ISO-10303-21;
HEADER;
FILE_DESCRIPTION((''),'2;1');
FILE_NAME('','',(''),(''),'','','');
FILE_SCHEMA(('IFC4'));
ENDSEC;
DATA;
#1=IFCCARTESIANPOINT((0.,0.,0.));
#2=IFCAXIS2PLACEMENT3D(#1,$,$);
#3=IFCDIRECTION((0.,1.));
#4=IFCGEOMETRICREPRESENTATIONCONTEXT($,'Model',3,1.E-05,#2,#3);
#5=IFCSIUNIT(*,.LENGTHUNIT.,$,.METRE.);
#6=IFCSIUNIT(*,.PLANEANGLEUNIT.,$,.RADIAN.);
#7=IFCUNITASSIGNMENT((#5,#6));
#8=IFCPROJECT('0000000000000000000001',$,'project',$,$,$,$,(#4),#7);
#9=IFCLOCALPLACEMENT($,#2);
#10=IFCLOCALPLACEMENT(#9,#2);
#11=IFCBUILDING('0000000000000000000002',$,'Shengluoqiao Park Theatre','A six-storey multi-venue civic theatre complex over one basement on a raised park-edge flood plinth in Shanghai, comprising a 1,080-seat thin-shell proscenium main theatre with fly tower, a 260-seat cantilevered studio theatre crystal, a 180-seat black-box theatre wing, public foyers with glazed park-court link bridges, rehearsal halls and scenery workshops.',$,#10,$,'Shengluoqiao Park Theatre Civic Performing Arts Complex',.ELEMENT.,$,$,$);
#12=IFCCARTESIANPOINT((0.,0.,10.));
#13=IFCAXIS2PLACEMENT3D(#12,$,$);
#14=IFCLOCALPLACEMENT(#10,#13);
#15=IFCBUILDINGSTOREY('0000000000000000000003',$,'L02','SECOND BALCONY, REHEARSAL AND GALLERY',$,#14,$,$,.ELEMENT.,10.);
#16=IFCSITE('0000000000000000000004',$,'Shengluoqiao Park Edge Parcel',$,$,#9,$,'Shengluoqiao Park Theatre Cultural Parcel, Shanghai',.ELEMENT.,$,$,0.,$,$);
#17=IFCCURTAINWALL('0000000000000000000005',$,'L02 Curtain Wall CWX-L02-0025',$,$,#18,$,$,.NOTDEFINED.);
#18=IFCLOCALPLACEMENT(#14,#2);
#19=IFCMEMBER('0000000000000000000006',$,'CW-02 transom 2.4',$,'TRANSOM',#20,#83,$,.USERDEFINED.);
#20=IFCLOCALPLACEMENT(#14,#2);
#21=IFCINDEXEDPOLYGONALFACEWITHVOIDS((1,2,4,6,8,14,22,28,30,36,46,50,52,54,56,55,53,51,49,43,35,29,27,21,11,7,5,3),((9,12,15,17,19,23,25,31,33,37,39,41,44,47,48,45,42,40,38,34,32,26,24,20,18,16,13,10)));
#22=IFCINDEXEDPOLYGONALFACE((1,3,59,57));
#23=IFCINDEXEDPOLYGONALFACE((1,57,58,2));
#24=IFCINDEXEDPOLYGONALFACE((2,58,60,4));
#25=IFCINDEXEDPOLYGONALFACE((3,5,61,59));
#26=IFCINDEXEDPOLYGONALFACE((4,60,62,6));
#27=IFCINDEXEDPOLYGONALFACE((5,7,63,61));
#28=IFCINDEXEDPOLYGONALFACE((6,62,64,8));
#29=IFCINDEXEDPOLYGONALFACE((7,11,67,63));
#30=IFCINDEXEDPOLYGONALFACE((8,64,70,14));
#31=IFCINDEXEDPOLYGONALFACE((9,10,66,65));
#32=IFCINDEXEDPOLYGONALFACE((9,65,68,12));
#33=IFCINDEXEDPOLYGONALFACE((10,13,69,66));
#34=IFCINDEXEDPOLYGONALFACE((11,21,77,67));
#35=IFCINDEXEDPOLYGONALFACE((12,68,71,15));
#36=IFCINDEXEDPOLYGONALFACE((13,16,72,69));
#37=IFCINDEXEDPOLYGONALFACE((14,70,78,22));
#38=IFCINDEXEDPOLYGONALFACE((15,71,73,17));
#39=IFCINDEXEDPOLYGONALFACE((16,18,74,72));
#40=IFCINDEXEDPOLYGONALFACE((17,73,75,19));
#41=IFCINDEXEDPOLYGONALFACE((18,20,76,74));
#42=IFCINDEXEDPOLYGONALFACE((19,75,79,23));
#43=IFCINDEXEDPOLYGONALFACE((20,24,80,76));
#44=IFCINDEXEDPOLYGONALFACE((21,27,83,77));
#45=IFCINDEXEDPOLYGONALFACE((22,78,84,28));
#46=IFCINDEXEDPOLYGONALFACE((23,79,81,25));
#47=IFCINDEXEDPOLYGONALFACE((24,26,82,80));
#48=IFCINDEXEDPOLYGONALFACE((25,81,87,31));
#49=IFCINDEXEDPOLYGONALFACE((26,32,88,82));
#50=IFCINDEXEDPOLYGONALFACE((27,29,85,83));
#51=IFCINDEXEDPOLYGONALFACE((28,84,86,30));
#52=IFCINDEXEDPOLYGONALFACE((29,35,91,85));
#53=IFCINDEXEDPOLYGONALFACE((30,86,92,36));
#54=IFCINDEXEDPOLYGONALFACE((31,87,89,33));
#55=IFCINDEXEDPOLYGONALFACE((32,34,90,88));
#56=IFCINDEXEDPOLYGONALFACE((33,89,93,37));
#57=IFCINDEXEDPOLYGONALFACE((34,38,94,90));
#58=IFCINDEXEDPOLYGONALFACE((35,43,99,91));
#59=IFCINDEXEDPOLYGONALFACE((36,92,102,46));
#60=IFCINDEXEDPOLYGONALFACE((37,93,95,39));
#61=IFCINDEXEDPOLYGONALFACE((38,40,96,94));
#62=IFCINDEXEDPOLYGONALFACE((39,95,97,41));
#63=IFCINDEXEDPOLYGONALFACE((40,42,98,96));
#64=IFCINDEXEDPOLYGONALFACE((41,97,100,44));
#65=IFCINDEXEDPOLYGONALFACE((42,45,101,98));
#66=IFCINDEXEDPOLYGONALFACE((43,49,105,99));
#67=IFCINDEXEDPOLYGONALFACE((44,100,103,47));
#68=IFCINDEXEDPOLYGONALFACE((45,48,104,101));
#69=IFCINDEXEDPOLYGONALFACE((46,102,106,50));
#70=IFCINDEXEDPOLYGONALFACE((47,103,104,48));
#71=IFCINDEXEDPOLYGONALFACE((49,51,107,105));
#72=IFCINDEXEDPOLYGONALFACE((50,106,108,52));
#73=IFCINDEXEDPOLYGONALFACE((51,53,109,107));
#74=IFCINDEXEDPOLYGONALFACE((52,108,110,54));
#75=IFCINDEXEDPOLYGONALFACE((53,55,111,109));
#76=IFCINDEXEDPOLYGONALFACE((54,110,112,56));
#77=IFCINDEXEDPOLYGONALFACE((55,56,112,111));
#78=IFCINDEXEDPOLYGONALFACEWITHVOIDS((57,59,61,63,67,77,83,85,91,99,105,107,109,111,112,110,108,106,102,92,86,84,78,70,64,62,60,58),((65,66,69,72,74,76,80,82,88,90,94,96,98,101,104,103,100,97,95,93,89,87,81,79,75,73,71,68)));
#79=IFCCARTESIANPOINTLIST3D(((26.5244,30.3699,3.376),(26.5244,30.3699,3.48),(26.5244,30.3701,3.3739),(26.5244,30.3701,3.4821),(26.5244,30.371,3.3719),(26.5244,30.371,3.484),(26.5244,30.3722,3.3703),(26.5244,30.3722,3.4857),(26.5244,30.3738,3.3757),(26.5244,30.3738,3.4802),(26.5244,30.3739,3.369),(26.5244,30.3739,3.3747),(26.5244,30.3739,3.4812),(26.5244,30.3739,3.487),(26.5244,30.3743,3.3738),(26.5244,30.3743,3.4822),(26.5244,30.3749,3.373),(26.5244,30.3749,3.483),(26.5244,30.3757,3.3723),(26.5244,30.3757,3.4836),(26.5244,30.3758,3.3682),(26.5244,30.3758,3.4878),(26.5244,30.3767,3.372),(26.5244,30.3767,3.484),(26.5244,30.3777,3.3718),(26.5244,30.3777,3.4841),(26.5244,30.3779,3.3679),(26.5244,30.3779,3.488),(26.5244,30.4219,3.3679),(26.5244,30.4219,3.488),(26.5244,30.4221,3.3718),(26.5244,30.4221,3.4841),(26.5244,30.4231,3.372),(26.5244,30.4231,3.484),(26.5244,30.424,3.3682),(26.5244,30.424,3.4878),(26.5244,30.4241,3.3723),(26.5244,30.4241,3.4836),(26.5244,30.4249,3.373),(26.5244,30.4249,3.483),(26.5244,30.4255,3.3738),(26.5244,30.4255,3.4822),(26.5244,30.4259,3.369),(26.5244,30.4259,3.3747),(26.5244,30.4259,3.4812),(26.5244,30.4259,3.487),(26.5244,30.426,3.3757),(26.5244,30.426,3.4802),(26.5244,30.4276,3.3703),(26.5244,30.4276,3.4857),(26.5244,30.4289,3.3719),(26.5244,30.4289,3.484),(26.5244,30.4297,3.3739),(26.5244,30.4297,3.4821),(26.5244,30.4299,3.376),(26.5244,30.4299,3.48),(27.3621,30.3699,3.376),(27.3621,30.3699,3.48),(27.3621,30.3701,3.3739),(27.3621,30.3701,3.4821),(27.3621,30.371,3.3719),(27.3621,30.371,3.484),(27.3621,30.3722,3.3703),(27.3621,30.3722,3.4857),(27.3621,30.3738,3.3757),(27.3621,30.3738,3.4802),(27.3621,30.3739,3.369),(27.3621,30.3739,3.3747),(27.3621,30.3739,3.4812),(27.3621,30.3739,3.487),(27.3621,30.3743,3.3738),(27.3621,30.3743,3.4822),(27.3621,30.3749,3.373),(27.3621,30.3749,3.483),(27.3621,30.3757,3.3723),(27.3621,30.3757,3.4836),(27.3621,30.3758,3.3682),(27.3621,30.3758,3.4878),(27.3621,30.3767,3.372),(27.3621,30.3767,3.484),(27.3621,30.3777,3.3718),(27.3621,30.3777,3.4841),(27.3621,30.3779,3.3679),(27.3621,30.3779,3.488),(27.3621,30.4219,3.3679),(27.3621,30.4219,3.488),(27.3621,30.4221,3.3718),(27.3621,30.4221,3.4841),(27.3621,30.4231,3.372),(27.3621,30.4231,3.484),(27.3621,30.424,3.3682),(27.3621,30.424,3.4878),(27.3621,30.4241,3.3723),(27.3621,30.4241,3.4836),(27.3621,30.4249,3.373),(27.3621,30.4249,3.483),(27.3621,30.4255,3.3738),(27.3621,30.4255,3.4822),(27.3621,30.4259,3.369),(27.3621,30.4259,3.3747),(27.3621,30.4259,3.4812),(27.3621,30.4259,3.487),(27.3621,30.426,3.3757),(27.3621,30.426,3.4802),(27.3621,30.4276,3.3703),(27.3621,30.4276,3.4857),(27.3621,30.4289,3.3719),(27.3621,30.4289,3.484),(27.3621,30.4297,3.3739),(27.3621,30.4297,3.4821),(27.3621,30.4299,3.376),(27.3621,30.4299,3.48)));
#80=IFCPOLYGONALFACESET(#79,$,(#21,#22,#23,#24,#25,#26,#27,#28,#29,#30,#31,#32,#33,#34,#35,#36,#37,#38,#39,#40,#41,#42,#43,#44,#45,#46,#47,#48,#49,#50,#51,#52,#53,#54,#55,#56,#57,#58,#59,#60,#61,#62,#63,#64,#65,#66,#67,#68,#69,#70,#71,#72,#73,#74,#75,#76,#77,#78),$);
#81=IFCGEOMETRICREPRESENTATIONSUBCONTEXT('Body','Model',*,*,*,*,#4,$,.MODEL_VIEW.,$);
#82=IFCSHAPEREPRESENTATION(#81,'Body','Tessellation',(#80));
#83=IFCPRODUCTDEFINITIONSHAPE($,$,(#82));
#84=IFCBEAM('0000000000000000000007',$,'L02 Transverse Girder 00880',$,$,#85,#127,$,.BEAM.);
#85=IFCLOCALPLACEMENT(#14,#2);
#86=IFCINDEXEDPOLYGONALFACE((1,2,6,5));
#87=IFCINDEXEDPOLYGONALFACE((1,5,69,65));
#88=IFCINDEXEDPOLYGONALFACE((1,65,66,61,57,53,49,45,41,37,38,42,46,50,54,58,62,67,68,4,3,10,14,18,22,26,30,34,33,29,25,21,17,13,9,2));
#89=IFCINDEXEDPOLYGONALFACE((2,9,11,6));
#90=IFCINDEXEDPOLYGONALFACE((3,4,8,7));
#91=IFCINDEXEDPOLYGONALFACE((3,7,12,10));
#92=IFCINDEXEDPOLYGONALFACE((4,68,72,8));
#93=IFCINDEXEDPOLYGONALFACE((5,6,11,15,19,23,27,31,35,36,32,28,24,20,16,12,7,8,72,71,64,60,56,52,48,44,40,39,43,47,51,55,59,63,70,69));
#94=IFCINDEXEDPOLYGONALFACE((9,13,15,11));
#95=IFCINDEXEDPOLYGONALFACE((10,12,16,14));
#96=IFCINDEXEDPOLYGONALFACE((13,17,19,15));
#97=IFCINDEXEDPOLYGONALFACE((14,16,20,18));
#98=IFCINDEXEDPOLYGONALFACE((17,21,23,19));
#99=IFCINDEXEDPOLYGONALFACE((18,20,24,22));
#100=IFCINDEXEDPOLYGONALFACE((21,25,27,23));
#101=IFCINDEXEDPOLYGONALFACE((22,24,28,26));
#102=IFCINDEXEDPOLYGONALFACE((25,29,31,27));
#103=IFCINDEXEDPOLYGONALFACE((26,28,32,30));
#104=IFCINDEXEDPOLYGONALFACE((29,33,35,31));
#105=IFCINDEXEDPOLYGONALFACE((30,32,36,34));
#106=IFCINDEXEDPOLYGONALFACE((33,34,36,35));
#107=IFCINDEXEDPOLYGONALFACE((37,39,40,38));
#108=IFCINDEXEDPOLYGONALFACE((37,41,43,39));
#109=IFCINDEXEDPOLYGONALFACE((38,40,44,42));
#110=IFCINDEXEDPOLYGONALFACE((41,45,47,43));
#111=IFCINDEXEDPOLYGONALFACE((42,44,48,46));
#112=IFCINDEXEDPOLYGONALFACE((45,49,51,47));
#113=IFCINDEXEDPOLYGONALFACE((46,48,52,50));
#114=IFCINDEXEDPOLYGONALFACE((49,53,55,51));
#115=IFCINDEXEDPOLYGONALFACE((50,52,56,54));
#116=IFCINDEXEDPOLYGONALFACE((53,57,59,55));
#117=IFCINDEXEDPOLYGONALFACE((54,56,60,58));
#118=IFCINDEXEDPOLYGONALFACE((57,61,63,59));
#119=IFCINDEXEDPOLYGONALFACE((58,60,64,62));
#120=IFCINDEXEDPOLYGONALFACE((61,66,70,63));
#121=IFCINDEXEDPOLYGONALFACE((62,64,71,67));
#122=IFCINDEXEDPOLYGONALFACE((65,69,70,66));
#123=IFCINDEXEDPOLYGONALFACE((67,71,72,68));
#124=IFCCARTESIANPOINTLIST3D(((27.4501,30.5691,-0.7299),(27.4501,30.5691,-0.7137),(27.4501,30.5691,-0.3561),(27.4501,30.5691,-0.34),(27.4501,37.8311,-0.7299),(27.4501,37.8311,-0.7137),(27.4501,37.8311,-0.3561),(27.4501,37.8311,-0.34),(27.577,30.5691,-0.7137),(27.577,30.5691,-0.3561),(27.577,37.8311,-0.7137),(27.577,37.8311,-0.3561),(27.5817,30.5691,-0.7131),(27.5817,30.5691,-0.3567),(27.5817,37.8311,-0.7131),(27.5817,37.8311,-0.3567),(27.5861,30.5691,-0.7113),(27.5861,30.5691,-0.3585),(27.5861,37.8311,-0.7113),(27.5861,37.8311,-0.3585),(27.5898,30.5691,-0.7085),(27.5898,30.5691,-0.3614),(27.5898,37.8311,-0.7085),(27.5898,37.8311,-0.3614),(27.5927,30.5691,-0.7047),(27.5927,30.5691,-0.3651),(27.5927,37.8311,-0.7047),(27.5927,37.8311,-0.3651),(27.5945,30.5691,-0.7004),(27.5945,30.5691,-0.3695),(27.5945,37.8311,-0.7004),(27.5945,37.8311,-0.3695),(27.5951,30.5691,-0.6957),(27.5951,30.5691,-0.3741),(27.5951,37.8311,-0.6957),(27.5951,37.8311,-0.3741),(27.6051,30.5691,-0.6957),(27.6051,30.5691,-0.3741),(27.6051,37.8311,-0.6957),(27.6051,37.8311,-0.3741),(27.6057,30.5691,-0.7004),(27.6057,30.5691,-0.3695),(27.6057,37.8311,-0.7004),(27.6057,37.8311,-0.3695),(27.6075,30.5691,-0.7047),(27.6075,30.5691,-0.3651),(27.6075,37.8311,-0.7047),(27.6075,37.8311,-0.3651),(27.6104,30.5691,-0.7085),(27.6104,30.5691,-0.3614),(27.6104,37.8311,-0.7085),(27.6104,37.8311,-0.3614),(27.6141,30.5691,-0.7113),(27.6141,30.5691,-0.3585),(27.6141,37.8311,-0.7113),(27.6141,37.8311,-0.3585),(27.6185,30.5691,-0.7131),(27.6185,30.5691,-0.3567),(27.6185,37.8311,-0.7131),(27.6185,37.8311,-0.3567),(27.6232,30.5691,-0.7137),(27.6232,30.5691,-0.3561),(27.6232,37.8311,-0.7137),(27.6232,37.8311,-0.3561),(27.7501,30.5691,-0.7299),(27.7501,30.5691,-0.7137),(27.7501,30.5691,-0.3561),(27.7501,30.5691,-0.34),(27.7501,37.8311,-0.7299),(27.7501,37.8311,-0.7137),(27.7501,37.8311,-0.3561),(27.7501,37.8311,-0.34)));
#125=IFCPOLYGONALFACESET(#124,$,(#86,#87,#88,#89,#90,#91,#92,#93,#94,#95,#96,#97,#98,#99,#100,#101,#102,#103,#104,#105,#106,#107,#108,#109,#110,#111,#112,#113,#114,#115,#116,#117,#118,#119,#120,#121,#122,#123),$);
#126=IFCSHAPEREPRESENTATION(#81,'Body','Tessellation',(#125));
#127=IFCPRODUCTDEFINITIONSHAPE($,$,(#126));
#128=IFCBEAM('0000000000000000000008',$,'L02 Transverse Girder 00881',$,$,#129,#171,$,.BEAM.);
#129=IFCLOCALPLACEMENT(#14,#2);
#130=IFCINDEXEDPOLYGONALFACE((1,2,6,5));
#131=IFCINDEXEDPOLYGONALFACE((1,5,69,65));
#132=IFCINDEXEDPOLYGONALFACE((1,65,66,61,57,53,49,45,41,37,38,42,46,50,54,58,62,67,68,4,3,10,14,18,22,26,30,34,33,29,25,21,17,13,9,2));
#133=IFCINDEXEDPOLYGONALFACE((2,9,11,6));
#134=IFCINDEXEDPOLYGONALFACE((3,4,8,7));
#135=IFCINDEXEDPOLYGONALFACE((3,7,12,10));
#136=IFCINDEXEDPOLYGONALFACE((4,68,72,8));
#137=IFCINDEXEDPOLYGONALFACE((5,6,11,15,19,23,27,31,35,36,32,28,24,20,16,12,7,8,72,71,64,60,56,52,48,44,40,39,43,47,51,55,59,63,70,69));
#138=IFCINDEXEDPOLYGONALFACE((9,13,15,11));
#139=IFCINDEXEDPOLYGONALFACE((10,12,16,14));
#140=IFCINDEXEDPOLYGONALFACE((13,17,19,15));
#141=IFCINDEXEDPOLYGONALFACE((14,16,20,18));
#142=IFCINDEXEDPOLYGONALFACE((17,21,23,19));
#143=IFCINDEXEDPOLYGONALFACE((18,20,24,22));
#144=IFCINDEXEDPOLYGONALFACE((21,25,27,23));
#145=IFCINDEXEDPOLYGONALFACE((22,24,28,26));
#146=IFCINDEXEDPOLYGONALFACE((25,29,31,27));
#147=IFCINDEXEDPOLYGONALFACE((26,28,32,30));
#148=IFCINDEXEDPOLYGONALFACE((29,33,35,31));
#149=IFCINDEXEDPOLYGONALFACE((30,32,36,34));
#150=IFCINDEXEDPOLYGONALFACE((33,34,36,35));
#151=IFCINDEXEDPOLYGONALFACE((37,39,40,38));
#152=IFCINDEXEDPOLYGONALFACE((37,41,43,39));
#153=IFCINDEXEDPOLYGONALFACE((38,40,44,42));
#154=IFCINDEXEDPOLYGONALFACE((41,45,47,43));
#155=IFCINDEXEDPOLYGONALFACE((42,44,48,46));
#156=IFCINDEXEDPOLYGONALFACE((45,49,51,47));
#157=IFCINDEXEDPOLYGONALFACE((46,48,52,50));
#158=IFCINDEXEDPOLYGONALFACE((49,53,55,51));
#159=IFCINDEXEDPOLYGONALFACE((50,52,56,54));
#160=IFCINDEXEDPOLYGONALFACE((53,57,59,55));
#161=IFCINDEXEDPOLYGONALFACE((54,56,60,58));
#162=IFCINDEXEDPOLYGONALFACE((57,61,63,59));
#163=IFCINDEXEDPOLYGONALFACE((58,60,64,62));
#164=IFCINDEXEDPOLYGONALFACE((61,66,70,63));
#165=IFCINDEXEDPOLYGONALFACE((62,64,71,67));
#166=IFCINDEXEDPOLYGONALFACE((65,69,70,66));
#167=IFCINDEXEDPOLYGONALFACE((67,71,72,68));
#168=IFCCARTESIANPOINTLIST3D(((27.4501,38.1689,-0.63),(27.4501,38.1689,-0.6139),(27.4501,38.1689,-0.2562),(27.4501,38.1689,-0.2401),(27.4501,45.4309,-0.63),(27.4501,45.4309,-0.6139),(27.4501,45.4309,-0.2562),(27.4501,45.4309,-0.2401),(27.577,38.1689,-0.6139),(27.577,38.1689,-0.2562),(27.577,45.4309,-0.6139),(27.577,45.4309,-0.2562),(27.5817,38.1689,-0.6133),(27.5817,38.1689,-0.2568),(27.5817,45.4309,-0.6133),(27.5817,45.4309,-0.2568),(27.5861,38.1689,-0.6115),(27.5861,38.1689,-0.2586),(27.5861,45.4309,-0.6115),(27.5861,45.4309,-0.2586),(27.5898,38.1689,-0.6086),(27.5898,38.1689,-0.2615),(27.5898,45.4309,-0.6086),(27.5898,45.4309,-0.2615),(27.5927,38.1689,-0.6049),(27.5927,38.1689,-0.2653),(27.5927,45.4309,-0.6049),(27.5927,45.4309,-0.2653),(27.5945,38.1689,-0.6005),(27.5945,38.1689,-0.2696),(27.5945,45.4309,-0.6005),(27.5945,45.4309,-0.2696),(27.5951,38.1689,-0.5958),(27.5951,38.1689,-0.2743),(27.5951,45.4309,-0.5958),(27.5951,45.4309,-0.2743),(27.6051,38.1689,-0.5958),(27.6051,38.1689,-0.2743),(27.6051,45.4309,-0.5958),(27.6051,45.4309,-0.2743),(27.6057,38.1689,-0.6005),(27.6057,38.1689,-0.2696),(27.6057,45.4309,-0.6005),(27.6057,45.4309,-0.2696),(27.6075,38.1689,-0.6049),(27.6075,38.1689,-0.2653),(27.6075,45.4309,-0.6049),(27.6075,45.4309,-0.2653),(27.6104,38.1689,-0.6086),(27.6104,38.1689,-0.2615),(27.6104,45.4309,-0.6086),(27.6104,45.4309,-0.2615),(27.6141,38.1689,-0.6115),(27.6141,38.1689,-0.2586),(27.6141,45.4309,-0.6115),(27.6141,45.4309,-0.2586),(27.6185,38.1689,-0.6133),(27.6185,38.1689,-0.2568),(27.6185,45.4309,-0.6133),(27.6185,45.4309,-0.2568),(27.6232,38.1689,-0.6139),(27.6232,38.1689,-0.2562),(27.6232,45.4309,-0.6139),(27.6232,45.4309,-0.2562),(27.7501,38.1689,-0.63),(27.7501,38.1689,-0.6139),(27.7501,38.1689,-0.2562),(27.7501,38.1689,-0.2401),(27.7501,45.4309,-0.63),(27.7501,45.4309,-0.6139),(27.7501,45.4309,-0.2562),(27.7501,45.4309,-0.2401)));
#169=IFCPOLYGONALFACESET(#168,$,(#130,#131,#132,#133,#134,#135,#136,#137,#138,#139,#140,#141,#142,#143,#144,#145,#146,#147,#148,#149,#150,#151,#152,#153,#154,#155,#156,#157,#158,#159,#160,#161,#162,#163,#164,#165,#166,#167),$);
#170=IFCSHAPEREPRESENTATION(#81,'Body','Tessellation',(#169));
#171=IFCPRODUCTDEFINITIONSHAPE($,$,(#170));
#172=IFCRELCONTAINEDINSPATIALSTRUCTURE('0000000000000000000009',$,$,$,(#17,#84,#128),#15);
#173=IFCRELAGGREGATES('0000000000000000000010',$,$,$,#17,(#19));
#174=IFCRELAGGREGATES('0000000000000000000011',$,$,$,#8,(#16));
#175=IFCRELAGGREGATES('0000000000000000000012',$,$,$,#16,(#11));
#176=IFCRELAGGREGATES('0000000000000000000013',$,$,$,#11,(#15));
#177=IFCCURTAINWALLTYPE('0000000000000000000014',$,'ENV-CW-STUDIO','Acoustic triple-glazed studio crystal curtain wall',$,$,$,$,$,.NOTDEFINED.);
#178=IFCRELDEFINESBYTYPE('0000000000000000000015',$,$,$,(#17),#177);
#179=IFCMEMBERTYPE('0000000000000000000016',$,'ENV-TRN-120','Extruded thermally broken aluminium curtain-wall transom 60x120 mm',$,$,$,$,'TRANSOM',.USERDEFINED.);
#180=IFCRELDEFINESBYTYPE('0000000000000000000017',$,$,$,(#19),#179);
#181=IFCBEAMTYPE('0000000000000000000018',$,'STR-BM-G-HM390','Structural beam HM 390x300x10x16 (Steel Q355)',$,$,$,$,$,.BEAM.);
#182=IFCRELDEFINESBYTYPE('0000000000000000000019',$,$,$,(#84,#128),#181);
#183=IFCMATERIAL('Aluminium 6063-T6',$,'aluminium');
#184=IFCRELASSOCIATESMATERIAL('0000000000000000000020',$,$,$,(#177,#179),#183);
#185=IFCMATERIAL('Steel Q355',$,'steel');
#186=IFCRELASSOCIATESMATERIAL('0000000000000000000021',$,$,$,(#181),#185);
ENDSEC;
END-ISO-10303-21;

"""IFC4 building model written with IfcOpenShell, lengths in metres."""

from ifc_helpers import new_model, si_unit, direction, frame, origin, origin_2d, place, context, subcontext, project, spatial, hollow_rectangle, i_section, extrude, material, material_profile, profile_set, type_object, element, aggregate, save


model = new_model("IFC4")

# Units and contexts
model_context = context("Model", 3, precision=1e-05, world=origin(), true_north=direction((0.0, 1.0)))
body_context = subcontext(model_context, "Body", "Model", "MODEL_VIEW")
ifc_project = project(units=[si_unit("LENGTHUNIT", "METRE"), si_unit("PLANEANGLEUNIT", "RADIAN")], contexts=[model_context])

# Site, building, storey
site_placement = place(None, origin())
site = spatial("IfcSite", under=ifc_project, at=site_placement, Name="Shengluoqiao Park Edge Parcel", LongName="Shengluoqiao Park Theatre Cultural Parcel, Shanghai", CompositionType="ELEMENT", RefElevation=0.0)
building_placement = place(site_placement, origin())
building = spatial("IfcBuilding", under=site, at=building_placement, Name="Shengluoqiao Park Theatre", Description="A six-storey multi-venue civic theatre complex over one basement on a raised park-edge flood plinth in Shanghai, comprising a 1,080-seat thin-shell proscenium main theatre with fly tower, a 260-seat cantilevered studio theatre crystal, a 180-seat black-box theatre wing, public foyers with glazed park-court link bridges, rehearsal halls and scenery workshops.", LongName="Shengluoqiao Park Theatre Civic Performing Arts Complex", CompositionType="ELEMENT")
storey_placement = place(building_placement, frame((0.0, 0.0, 10.0)))
storey = spatial("IfcBuildingStorey", under=building, at=storey_placement, Name="L02", Description="SECOND BALCONY, REHEARSAL AND GALLERY", CompositionType="ELEMENT", Elevation=10.0)

# Shared definitions
ifc_material_1 = material(Name="Steel Q355", Category="steel")

# Curtain wall, member
ifc_material_2 = material(Name="Aluminium 6063-T6", Category="aluminium")
curtain_wall_type = type_object("IfcCurtainWallType", Name="ENV-CW-STUDIO", Description="Acoustic triple-glazed studio crystal curtain wall", PredefinedType="NOTDEFINED", material=ifc_material_2)
curtain_wall_placement = place(storey_placement, origin())
curtain_wall = element("IfcCurtainWall", 1, at=curtain_wall_placement, inside=storey, type_object=curtain_wall_type, Name="L02 Curtain Wall CWX-L02-0025", PredefinedType="NOTDEFINED")
ifc_material_profile_1 = material_profile(ifc_material_2, hollow_rectangle(XDim=0.0601, YDim=0.1201, WallThickness=0.0039, InnerFilletRadius=0.0039, OuterFilletRadius=0.0081, at=origin_2d()), Name="ALU TRANSOM 120x60x4")
ifc_profile_set_1 = profile_set([ifc_material_profile_1], Name="Aluminium 6063-T6")
member_type_1 = type_object("IfcMemberType", Name="ENV-TRN-120", Description="Extruded thermally broken aluminium curtain-wall transom 60x120 mm", ElementType="TRANSOM", PredefinedType="USERDEFINED", material=ifc_profile_set_1)
member_1_placement = place(storey_placement, frame((26.5244, 30.3999, 3.428), z_axis=(1.0, 0.0, 0.0), x_axis=(0.0, 1.0, 0.0)))
member_1 = element("IfcMember", 2, at=member_1_placement, type_object=member_type_1, Name="CW-02 transom 2.4", ObjectType="TRANSOM", PredefinedType="USERDEFINED", context=body_context, shape_type="SweptSolid", body=[
    extrude(hollow_rectangle(XDim=0.0601, YDim=0.1201, WallThickness=0.0039, InnerFilletRadius=0.0039, OuterFilletRadius=0.0081, at=origin_2d()), origin(), (0.0, 0.0, 1.0), 0.8376),
])

# Beams
ifc_material_profile_2 = material_profile(ifc_material_1, i_section(OverallWidth=0.3, OverallDepth=0.3899, WebThickness=0.01, FlangeThickness=0.0161, FilletRadius=0.0181, at=origin_2d()), Name="HM 390x300x10x16")
ifc_profile_set_2 = profile_set([ifc_material_profile_2], Name="Steel Q355")
beam_type_1 = type_object("IfcBeamType", Name="STR-BM-G-HM390", Description="Structural beam HM 390x300x10x16 (Steel Q355)", PredefinedType="BEAM", material=ifc_profile_set_2)
for number, where, z_axis, x_axis, name in (
    (3, (27.6001, 30.5691, -0.5349), (0.0, 1.0, 0.0), (-1.0, 0.0, 0.0), "L02 Transverse Girder 00880"),
    (4, (27.6001, 38.1689, -0.4351), (0.0, 1.0, 0.0), (-1.0, 0.0, 0.0), "L02 Transverse Girder 00881"),
):
    element("IfcBeam", number, at=place(storey_placement, frame(where, z_axis=z_axis, x_axis=x_axis)), inside=storey, type_object=beam_type_1, Name=name, PredefinedType="BEAM", context=body_context, shape_type="SweptSolid", body=[
        extrude(i_section(OverallWidth=0.3, OverallDepth=0.3899, WebThickness=0.01, FlangeThickness=0.0161, FilletRadius=0.0181, at=origin_2d()), origin(), (0.0, 0.0, 1.0), 7.262),
    ])

aggregate(curtain_wall, [member_1])

save(model, "model.ifc")
